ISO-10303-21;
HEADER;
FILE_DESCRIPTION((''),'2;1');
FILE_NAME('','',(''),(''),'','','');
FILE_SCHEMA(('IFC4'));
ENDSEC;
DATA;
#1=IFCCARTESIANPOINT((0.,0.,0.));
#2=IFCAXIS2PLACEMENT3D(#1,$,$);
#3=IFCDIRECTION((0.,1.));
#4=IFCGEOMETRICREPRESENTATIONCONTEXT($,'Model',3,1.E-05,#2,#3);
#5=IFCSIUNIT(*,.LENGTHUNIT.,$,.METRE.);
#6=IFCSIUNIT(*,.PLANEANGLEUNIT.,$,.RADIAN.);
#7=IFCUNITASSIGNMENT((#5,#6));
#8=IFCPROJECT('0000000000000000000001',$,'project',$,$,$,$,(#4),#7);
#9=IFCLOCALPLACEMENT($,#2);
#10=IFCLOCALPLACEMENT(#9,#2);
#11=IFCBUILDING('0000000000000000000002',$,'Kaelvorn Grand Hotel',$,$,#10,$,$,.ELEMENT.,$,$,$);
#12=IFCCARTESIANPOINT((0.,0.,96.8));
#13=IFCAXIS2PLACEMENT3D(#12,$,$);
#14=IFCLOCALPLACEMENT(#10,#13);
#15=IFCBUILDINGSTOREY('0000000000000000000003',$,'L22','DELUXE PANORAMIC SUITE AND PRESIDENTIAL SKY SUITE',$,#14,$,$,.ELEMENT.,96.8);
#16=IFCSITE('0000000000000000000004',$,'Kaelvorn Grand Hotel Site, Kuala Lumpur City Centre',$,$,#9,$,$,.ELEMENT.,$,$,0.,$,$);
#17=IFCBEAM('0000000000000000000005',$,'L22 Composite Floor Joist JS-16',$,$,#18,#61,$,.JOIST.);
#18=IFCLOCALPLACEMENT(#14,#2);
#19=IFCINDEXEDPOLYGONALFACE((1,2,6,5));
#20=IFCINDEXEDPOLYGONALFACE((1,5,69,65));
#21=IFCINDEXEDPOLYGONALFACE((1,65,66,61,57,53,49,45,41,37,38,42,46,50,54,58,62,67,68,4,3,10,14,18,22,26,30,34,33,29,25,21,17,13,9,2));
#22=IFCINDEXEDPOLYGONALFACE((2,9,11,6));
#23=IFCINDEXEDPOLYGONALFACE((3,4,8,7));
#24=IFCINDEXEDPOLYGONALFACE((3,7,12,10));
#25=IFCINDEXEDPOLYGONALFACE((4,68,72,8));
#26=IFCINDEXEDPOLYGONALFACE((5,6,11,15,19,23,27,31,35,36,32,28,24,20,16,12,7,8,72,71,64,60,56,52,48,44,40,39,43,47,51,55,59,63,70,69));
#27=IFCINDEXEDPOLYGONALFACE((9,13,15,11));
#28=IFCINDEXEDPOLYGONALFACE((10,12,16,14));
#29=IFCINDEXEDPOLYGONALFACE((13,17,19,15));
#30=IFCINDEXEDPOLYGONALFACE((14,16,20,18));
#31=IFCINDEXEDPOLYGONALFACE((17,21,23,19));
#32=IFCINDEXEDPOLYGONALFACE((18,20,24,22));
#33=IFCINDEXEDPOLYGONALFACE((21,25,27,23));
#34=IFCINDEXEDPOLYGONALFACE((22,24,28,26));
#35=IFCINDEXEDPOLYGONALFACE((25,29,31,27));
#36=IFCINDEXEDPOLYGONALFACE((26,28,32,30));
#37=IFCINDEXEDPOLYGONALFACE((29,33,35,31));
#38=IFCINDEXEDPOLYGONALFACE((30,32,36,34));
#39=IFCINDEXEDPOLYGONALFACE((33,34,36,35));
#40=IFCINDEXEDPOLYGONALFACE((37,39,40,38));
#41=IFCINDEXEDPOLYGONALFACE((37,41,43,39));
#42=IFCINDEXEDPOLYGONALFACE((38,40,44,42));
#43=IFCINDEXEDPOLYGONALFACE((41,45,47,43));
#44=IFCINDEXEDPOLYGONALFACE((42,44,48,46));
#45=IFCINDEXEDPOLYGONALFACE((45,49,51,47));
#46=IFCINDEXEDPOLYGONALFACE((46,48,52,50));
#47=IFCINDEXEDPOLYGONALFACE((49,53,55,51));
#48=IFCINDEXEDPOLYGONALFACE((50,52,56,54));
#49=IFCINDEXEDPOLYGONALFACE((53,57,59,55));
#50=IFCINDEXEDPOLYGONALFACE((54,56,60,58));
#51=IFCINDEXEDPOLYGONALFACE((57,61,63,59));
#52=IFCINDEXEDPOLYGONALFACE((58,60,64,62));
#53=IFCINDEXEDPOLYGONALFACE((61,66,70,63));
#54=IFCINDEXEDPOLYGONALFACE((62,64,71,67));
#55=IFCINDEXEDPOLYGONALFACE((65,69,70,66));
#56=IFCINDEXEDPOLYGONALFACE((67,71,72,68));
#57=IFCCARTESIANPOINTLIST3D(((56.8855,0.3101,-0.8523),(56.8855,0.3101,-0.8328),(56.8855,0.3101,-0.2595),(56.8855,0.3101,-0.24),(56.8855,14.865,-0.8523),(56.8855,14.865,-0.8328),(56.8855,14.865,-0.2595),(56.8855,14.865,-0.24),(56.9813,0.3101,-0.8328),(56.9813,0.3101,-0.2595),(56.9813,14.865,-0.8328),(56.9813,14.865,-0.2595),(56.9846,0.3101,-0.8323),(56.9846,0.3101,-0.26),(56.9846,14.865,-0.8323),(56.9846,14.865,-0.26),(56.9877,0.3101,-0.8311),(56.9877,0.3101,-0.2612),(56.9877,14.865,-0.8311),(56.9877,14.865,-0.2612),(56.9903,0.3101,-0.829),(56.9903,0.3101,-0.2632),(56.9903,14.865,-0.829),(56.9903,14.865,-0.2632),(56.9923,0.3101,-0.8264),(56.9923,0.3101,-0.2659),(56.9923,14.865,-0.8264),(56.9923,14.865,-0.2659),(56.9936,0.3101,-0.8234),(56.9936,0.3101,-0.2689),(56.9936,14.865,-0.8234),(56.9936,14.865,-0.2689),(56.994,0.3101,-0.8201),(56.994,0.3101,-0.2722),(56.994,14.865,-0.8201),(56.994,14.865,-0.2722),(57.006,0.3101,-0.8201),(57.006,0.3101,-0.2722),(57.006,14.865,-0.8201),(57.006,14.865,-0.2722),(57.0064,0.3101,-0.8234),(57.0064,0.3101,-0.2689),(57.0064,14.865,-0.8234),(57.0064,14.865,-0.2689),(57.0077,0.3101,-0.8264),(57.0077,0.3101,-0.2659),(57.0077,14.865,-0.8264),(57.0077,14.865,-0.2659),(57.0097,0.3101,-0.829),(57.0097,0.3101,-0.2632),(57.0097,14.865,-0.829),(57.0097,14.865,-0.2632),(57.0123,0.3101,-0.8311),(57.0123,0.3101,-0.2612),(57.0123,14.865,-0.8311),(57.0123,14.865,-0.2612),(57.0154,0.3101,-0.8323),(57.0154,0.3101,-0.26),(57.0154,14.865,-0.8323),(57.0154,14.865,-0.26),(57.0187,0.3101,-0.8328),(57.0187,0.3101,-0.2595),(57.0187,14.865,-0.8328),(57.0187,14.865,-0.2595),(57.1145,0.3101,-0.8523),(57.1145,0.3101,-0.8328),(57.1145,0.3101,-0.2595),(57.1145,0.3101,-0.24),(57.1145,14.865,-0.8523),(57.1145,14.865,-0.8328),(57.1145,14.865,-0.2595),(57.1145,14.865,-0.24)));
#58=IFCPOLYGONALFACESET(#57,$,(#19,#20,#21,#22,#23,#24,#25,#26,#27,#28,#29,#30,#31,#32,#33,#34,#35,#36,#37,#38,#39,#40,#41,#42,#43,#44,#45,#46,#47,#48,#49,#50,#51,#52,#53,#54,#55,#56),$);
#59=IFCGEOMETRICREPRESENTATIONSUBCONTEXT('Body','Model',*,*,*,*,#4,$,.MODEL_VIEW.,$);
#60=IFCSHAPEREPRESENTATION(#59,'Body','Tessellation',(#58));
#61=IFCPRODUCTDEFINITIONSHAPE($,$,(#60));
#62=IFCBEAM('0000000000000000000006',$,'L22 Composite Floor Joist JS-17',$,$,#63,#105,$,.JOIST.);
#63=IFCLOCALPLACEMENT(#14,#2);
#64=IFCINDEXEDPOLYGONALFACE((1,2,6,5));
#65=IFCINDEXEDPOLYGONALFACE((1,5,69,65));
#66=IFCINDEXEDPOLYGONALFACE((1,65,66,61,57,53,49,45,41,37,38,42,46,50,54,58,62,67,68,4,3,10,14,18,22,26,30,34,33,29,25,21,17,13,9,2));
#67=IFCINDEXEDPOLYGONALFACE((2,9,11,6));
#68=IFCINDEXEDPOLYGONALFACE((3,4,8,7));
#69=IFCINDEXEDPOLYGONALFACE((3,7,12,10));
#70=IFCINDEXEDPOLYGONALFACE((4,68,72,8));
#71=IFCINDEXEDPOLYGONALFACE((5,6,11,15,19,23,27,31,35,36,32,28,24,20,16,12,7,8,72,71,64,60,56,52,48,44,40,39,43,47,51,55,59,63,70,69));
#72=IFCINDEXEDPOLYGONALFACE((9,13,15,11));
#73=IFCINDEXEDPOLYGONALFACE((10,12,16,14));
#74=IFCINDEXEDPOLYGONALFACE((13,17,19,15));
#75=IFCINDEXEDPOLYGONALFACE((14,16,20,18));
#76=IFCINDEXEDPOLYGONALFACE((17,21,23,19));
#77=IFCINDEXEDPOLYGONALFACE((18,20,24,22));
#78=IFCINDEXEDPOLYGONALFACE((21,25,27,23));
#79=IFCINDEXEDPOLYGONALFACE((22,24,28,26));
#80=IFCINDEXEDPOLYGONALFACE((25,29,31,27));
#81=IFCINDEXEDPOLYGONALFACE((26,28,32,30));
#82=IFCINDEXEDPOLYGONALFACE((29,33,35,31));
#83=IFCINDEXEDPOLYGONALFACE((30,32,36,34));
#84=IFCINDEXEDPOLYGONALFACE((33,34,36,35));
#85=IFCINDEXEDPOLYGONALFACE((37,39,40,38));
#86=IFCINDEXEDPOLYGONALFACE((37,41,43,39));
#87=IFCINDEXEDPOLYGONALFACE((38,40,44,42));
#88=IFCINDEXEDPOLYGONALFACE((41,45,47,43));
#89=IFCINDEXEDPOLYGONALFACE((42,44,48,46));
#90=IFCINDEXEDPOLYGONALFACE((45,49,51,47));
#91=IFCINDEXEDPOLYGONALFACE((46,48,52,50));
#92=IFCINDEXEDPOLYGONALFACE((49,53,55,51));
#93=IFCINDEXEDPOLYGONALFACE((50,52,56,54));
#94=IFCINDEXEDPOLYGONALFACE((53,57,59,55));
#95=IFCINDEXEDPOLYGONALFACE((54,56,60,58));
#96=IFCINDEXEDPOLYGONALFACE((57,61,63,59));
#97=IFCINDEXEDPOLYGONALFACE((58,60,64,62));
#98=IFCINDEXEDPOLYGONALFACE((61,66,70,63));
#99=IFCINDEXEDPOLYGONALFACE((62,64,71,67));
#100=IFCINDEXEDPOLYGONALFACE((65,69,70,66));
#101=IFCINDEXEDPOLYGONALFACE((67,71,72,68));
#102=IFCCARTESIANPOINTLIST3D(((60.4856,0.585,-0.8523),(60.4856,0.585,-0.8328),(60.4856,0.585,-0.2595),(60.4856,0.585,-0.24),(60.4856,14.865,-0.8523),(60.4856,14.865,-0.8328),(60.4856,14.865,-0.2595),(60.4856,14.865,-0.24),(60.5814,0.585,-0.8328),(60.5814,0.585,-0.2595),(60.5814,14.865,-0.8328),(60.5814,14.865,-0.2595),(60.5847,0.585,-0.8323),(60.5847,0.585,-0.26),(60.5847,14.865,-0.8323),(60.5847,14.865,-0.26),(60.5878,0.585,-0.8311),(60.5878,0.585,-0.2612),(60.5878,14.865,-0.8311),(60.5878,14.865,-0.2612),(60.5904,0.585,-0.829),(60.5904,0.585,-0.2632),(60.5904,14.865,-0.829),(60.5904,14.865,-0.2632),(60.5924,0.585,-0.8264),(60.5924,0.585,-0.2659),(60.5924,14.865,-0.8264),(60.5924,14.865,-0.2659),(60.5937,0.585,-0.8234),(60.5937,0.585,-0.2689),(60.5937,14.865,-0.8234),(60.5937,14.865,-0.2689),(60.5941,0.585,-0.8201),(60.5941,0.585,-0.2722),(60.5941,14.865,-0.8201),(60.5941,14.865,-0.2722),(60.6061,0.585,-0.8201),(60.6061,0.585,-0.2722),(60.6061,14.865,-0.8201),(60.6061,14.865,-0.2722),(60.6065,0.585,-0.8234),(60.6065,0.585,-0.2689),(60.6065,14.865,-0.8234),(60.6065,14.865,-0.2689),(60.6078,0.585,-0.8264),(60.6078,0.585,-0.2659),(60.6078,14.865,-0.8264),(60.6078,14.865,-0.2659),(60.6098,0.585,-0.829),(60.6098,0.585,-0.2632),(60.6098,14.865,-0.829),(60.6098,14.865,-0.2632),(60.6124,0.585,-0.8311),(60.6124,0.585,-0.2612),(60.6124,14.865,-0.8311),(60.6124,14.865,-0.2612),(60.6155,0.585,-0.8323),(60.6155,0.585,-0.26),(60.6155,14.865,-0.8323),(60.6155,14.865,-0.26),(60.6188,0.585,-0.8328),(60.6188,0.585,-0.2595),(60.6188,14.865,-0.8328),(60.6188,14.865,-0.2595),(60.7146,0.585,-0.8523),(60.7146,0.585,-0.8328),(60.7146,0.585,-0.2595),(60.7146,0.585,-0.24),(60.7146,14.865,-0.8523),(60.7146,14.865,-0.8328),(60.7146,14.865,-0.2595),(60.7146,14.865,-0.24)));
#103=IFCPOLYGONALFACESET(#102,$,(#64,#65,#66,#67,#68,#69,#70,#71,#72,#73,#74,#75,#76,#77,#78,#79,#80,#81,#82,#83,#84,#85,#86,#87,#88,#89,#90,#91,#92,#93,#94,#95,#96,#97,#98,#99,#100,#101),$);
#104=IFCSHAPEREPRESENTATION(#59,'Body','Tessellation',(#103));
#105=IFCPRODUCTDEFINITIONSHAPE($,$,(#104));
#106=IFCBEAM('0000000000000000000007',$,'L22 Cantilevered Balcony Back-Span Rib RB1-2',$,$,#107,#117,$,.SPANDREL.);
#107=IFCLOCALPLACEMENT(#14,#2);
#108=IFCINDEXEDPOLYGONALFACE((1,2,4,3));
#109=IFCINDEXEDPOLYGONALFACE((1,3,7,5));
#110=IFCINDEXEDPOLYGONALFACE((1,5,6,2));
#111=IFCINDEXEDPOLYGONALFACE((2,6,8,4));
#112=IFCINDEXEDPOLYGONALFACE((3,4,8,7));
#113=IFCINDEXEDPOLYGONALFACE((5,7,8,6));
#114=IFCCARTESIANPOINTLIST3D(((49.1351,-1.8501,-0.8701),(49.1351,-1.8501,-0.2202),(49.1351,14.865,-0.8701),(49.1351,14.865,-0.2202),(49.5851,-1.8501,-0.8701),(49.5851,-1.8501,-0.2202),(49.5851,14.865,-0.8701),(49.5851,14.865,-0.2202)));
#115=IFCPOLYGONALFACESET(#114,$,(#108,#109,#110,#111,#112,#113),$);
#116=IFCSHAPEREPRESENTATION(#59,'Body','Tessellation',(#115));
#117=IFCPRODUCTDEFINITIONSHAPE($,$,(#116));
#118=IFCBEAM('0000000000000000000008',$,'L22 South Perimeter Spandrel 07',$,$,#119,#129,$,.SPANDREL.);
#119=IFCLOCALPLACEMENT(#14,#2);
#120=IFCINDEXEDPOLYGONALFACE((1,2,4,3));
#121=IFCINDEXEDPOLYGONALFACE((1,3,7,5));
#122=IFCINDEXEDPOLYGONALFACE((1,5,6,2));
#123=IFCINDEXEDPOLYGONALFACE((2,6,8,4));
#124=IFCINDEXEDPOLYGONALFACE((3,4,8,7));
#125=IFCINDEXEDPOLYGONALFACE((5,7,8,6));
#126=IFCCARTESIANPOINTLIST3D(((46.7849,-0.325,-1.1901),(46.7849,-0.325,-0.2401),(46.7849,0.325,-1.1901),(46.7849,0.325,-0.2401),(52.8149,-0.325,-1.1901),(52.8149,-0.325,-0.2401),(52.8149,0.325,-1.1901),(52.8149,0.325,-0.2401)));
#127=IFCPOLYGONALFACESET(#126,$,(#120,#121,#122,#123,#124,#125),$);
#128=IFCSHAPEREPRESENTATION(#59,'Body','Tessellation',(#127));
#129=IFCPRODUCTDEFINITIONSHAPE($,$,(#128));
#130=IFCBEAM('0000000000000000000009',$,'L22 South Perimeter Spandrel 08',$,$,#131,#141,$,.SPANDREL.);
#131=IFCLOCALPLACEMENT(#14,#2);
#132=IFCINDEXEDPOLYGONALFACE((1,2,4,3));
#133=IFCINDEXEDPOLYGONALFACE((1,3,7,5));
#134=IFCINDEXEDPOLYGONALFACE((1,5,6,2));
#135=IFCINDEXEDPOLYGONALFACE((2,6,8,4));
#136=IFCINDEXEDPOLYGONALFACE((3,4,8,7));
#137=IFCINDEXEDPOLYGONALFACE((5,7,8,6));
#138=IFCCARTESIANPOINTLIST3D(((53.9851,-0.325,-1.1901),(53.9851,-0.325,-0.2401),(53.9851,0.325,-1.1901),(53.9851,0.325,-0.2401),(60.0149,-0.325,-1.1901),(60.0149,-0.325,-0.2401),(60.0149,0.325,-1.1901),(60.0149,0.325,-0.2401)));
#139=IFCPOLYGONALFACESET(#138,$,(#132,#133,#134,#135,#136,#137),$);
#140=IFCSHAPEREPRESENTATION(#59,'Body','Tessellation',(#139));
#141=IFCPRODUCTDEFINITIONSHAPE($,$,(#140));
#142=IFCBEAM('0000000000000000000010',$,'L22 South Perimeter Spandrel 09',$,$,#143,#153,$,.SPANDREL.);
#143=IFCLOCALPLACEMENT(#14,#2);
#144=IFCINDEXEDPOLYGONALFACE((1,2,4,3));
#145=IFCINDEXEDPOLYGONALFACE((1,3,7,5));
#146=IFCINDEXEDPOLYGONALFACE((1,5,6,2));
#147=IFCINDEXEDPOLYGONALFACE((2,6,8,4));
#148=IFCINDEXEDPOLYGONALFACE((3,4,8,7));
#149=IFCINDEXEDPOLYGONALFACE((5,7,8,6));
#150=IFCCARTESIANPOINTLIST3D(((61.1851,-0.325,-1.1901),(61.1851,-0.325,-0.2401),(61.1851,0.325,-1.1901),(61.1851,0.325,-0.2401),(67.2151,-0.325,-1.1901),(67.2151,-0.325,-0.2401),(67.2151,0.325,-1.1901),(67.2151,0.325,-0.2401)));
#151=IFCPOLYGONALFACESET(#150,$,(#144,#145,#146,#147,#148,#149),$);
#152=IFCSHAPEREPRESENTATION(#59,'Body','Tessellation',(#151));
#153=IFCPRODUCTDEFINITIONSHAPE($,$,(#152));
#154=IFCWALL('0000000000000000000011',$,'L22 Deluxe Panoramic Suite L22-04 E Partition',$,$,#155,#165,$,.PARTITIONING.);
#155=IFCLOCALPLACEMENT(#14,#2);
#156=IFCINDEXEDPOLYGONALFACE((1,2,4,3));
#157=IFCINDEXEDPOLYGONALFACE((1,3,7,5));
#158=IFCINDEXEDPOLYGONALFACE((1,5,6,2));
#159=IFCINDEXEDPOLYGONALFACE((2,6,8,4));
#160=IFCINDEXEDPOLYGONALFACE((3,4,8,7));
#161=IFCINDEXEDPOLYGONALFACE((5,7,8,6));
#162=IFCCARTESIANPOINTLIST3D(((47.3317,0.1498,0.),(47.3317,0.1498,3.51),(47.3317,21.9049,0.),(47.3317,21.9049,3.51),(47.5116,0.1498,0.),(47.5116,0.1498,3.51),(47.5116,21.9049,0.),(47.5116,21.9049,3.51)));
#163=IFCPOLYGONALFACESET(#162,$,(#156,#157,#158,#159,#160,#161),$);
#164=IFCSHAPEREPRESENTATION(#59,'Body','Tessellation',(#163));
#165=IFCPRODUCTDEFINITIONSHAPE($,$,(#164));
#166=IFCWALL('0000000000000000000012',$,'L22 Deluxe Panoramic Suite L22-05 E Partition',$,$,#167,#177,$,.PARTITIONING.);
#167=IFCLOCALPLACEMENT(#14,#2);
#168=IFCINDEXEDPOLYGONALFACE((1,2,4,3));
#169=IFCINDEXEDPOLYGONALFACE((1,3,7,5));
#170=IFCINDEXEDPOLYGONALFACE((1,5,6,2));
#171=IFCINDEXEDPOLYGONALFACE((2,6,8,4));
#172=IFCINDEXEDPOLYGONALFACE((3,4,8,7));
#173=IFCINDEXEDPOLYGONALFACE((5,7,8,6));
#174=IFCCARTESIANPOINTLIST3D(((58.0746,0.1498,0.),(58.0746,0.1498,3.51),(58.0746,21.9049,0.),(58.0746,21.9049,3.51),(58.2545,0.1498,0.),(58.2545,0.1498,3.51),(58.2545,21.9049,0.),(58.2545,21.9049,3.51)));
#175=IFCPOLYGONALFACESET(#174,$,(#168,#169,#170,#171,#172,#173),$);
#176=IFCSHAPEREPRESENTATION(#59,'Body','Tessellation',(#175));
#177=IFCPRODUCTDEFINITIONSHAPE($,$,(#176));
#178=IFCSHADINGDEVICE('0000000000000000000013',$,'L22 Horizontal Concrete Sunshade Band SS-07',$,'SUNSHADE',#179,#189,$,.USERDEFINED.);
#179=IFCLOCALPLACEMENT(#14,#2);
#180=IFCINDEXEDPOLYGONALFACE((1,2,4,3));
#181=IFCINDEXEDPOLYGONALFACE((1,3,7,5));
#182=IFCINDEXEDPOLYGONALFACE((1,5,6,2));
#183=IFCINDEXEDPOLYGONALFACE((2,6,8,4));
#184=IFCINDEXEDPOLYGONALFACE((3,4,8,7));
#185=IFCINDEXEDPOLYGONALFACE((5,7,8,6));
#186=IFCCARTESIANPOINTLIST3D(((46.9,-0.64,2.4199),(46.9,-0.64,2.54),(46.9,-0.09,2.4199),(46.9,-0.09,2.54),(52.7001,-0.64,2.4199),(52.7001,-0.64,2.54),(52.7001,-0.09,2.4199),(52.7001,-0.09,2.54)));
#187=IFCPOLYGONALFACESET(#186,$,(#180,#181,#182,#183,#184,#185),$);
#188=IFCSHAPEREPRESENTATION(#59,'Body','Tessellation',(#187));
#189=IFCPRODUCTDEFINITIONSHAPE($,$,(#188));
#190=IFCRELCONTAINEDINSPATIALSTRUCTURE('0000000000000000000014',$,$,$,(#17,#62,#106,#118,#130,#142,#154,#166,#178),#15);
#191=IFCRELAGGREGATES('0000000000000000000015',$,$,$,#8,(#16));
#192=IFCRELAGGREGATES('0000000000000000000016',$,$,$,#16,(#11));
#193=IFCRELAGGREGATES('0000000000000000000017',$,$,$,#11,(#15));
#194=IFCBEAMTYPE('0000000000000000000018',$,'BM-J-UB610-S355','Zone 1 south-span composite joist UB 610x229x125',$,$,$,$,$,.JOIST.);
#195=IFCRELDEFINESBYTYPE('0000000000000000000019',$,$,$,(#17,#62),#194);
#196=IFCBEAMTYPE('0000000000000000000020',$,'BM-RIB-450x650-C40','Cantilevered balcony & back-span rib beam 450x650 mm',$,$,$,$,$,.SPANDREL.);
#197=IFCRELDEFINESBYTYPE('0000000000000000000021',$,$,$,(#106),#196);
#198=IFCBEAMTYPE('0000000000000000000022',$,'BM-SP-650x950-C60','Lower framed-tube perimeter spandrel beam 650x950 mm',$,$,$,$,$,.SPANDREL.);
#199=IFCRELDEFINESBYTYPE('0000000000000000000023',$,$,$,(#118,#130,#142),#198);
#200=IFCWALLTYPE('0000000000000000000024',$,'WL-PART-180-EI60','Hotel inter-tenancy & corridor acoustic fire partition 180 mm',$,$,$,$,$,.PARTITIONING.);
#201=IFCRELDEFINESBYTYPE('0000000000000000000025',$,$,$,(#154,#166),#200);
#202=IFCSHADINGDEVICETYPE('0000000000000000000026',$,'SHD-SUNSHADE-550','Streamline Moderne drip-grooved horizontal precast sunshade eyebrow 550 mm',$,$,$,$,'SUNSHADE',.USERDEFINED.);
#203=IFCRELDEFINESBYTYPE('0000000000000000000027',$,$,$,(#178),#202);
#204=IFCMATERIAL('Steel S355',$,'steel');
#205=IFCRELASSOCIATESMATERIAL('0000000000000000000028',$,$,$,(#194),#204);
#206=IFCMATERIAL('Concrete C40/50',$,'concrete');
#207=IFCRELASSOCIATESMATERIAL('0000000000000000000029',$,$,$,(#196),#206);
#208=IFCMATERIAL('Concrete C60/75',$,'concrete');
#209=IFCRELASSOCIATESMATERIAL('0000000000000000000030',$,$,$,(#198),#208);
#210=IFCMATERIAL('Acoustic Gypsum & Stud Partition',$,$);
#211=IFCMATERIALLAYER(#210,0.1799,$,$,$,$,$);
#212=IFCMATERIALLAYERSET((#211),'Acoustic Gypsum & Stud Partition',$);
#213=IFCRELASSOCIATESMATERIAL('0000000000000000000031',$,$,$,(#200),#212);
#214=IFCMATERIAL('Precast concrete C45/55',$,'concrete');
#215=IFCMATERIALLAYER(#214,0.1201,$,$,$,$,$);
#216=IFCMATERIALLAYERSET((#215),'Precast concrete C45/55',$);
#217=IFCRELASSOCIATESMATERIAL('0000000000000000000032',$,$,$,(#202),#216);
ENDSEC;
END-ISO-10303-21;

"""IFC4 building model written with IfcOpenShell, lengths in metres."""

from ifc_helpers import new_model, si_unit, direction, frame, frame_2d, origin, origin_2d, place, context, subcontext, project, spatial, rectangle, i_section, extrude, material, layer, layer_set, material_profile, profile_set, type_object, element, save


model = new_model("IFC4")

# Units and contexts
model_context = context("Model", 3, precision=1e-05, world=origin(), true_north=direction((0.0, 1.0)))
body_context = subcontext(model_context, "Body", "Model", "MODEL_VIEW")
ifc_project = project(units=[si_unit("LENGTHUNIT", "METRE"), si_unit("PLANEANGLEUNIT", "RADIAN")], contexts=[model_context])

# Site, building, storey
site_placement = place(None, origin())
site = spatial("IfcSite", under=ifc_project, at=site_placement, Name="Kaelvorn Grand Hotel Site, Kuala Lumpur City Centre", CompositionType="ELEMENT", RefElevation=0.0)
building_placement = place(site_placement, origin())
building = spatial("IfcBuilding", under=site, at=building_placement, Name="Kaelvorn Grand Hotel", CompositionType="ELEMENT")
storey_placement = place(building_placement, frame((0.0, 0.0, 96.8)))
storey = spatial("IfcBuildingStorey", under=building, at=storey_placement, Name="L22", Description="DELUXE PANORAMIC SUITE AND PRESIDENTIAL SKY SUITE", CompositionType="ELEMENT", Elevation=96.8)

# Shared definitions
ifc_material_1 = material(Name="Concrete C60/75", Category="concrete")

# Beams
ifc_material_2 = material(Name="Steel S355", Category="steel")
ifc_material_profile_1 = material_profile(ifc_material_2, i_section(OverallWidth=0.229, OverallDepth=0.6123, WebThickness=0.012, FlangeThickness=0.0195, FilletRadius=0.0127, at=origin_2d()), Name="UB 610x229x125")
ifc_profile_set_1 = profile_set([ifc_material_profile_1], Name="Steel S355")
beam_type_1 = type_object("IfcBeamType", Name="BM-J-UB610-S355", Description="Zone 1 south-span composite joist UB 610x229x125", PredefinedType="JOIST", material=ifc_profile_set_1)
beam_1_placement = place(storey_placement, frame((57.0, 0.3101, -0.5461), z_axis=(0.0, 1.0, 0.0), x_axis=(-1.0, 0.0, 0.0)))
element("IfcBeam", 1, at=beam_1_placement, inside=storey, type_object=beam_type_1, Name="L22 Composite Floor Joist JS-16", PredefinedType="JOIST", context=body_context, shape_type="SweptSolid", body=[
    extrude(i_section(OverallWidth=0.229, OverallDepth=0.6123, WebThickness=0.012, FlangeThickness=0.0195, FilletRadius=0.0127, at=origin_2d()), origin(), (0.0, 0.0, 1.0), 14.5549),
])
beam_2_placement = place(storey_placement, frame((60.6001, 0.585, -0.5461), z_axis=(0.0, 1.0, 0.0), x_axis=(-1.0, 0.0, 0.0)))
element("IfcBeam", 2, at=beam_2_placement, inside=storey, type_object=beam_type_1, Name="L22 Composite Floor Joist JS-17", PredefinedType="JOIST", context=body_context, shape_type="SweptSolid", body=[
    extrude(i_section(OverallWidth=0.229, OverallDepth=0.6123, WebThickness=0.012, FlangeThickness=0.0195, FilletRadius=0.0127, at=origin_2d()), origin(), (0.0, 0.0, 1.0), 14.28),
])
ifc_material_3 = material(Name="Concrete C40/50", Category="concrete")
ifc_material_profile_2 = material_profile(ifc_material_3, rectangle(XDim=0.45, YDim=0.6499, at=origin_2d()), Name="RC RIB 450x650")
ifc_profile_set_2 = profile_set([ifc_material_profile_2], Name="Concrete C40/50")
beam_type_2 = type_object("IfcBeamType", Name="BM-RIB-450x650-C40", Description="Cantilevered balcony & back-span rib beam 450x650 mm", PredefinedType="SPANDREL", material=ifc_profile_set_2)
beam_3_placement = place(storey_placement, frame((49.3601, -1.8501, -0.5452), z_axis=(0.0, 1.0, 0.0), x_axis=(-1.0, 0.0, 0.0)))
element("IfcBeam", 3, at=beam_3_placement, inside=storey, type_object=beam_type_2, Name="L22 Cantilevered Balcony Back-Span Rib RB1-2", PredefinedType="SPANDREL", context=body_context, shape_type="SweptSolid", body=[
    extrude(rectangle(XDim=0.45, YDim=0.6499, at=origin_2d()), origin(), (0.0, 0.0, 1.0), 16.7151),
])
ifc_material_profile_3 = material_profile(ifc_material_1, rectangle(XDim=0.6499, YDim=0.95, at=origin_2d()), Name="RC SPANDREL 650x950")
ifc_profile_set_3 = profile_set([ifc_material_profile_3], Name="Concrete C60/75")
beam_type_3 = type_object("IfcBeamType", Name="BM-SP-650x950-C60", Description="Lower framed-tube perimeter spandrel beam 650x950 mm", PredefinedType="SPANDREL", material=ifc_profile_set_3)
beam_4_placement = place(storey_placement, frame((46.7849, 0.0, -0.7151), z_axis=(1.0, 0.0, 0.0), x_axis=(0.0, 1.0, 0.0)))
element("IfcBeam", 4, at=beam_4_placement, inside=storey, type_object=beam_type_3, Name="L22 South Perimeter Spandrel 07", PredefinedType="SPANDREL", context=body_context, shape_type="SweptSolid", body=[
    extrude(rectangle(XDim=0.6499, YDim=0.95, at=origin_2d()), origin(), (0.0, 0.0, 1.0), 6.03),
])
beam_5_placement = place(storey_placement, frame((53.9851, 0.0, -0.7151), z_axis=(1.0, 0.0, 0.0), x_axis=(0.0, 1.0, 0.0)))
element("IfcBeam", 5, at=beam_5_placement, inside=storey, type_object=beam_type_3, Name="L22 South Perimeter Spandrel 08", PredefinedType="SPANDREL", context=body_context, shape_type="SweptSolid", body=[
    extrude(rectangle(XDim=0.6499, YDim=0.95, at=origin_2d()), origin(), (0.0, 0.0, 1.0), 6.0298),
])
beam_6_placement = place(storey_placement, frame((61.1851, 0.0, -0.7151), z_axis=(1.0, 0.0, 0.0), x_axis=(0.0, 1.0, 0.0)))
element("IfcBeam", 6, at=beam_6_placement, inside=storey, type_object=beam_type_3, Name="L22 South Perimeter Spandrel 09", PredefinedType="SPANDREL", context=body_context, shape_type="SweptSolid", body=[
    extrude(rectangle(XDim=0.6499, YDim=0.95, at=origin_2d()), origin(), (0.0, 0.0, 1.0), 6.03),
])

# Walls
ifc_material_4 = material(Name="Acoustic Gypsum & Stud Partition")
ifc_layer_1 = layer(ifc_material_4, 0.1799)
ifc_layer_set_1 = layer_set([ifc_layer_1], Name="Acoustic Gypsum & Stud Partition")
wall_type = type_object("IfcWallType", Name="WL-PART-180-EI60", Description="Hotel inter-tenancy & corridor acoustic fire partition 180 mm", PredefinedType="PARTITIONING", material=ifc_layer_set_1)
for number, where, z_axis, x_axis, name in (
    (7, (47.4216, 0.1499, 0.0), (0.0, 0.0, 1.0), (0.0, 1.0, 0.0), "L22 Deluxe Panoramic Suite L22-04 E Partition"),
    (8, (58.1646, 0.1499, 0.0), (0.0, 0.0, 1.0), (0.0, 1.0, 0.0), "L22 Deluxe Panoramic Suite L22-05 E Partition"),
):
    element("IfcWall", number, at=place(storey_placement, frame(where, z_axis=z_axis, x_axis=x_axis)), inside=storey, type_object=wall_type, Name=name, PredefinedType="PARTITIONING", context=body_context, shape_type="SweptSolid", body=[
        extrude(rectangle(XDim=21.7551, YDim=0.1799, at=frame_2d((10.8774, 0.0))), origin(), (0.0, 0.0, 1.0), 3.51),
    ])

# Shading device
ifc_material_5 = material(Name="Precast concrete C45/55", Category="concrete")
ifc_layer_2 = layer(ifc_material_5, 0.1201)
ifc_layer_set_2 = layer_set([ifc_layer_2], Name="Precast concrete C45/55")
shading_device_type_1 = type_object("IfcShadingDeviceType", Name="SHD-SUNSHADE-550", Description="Streamline Moderne drip-grooved horizontal precast sunshade eyebrow 550 mm", ElementType="SUNSHADE", PredefinedType="USERDEFINED", material=ifc_layer_set_2)
for number, where, z_axis, x_axis, name in (
    (9, (49.8, -0.365, 2.4199), (0.0, 0.0, 1.0), (1.0, 0.0, 0.0), "L22 Horizontal Concrete Sunshade Band SS-07"),
):
    element("IfcShadingDevice", number, at=place(storey_placement, frame(where, z_axis=z_axis, x_axis=x_axis)), inside=storey, type_object=shading_device_type_1, Name=name, ObjectType="SUNSHADE", PredefinedType="USERDEFINED", context=body_context, shape_type="SweptSolid", body=[
        extrude(rectangle(XDim=5.8, YDim=0.55, at=origin_2d()), origin(), (0.0, 0.0, 1.0), 0.1201),
    ])

save(model, "model.ifc")
